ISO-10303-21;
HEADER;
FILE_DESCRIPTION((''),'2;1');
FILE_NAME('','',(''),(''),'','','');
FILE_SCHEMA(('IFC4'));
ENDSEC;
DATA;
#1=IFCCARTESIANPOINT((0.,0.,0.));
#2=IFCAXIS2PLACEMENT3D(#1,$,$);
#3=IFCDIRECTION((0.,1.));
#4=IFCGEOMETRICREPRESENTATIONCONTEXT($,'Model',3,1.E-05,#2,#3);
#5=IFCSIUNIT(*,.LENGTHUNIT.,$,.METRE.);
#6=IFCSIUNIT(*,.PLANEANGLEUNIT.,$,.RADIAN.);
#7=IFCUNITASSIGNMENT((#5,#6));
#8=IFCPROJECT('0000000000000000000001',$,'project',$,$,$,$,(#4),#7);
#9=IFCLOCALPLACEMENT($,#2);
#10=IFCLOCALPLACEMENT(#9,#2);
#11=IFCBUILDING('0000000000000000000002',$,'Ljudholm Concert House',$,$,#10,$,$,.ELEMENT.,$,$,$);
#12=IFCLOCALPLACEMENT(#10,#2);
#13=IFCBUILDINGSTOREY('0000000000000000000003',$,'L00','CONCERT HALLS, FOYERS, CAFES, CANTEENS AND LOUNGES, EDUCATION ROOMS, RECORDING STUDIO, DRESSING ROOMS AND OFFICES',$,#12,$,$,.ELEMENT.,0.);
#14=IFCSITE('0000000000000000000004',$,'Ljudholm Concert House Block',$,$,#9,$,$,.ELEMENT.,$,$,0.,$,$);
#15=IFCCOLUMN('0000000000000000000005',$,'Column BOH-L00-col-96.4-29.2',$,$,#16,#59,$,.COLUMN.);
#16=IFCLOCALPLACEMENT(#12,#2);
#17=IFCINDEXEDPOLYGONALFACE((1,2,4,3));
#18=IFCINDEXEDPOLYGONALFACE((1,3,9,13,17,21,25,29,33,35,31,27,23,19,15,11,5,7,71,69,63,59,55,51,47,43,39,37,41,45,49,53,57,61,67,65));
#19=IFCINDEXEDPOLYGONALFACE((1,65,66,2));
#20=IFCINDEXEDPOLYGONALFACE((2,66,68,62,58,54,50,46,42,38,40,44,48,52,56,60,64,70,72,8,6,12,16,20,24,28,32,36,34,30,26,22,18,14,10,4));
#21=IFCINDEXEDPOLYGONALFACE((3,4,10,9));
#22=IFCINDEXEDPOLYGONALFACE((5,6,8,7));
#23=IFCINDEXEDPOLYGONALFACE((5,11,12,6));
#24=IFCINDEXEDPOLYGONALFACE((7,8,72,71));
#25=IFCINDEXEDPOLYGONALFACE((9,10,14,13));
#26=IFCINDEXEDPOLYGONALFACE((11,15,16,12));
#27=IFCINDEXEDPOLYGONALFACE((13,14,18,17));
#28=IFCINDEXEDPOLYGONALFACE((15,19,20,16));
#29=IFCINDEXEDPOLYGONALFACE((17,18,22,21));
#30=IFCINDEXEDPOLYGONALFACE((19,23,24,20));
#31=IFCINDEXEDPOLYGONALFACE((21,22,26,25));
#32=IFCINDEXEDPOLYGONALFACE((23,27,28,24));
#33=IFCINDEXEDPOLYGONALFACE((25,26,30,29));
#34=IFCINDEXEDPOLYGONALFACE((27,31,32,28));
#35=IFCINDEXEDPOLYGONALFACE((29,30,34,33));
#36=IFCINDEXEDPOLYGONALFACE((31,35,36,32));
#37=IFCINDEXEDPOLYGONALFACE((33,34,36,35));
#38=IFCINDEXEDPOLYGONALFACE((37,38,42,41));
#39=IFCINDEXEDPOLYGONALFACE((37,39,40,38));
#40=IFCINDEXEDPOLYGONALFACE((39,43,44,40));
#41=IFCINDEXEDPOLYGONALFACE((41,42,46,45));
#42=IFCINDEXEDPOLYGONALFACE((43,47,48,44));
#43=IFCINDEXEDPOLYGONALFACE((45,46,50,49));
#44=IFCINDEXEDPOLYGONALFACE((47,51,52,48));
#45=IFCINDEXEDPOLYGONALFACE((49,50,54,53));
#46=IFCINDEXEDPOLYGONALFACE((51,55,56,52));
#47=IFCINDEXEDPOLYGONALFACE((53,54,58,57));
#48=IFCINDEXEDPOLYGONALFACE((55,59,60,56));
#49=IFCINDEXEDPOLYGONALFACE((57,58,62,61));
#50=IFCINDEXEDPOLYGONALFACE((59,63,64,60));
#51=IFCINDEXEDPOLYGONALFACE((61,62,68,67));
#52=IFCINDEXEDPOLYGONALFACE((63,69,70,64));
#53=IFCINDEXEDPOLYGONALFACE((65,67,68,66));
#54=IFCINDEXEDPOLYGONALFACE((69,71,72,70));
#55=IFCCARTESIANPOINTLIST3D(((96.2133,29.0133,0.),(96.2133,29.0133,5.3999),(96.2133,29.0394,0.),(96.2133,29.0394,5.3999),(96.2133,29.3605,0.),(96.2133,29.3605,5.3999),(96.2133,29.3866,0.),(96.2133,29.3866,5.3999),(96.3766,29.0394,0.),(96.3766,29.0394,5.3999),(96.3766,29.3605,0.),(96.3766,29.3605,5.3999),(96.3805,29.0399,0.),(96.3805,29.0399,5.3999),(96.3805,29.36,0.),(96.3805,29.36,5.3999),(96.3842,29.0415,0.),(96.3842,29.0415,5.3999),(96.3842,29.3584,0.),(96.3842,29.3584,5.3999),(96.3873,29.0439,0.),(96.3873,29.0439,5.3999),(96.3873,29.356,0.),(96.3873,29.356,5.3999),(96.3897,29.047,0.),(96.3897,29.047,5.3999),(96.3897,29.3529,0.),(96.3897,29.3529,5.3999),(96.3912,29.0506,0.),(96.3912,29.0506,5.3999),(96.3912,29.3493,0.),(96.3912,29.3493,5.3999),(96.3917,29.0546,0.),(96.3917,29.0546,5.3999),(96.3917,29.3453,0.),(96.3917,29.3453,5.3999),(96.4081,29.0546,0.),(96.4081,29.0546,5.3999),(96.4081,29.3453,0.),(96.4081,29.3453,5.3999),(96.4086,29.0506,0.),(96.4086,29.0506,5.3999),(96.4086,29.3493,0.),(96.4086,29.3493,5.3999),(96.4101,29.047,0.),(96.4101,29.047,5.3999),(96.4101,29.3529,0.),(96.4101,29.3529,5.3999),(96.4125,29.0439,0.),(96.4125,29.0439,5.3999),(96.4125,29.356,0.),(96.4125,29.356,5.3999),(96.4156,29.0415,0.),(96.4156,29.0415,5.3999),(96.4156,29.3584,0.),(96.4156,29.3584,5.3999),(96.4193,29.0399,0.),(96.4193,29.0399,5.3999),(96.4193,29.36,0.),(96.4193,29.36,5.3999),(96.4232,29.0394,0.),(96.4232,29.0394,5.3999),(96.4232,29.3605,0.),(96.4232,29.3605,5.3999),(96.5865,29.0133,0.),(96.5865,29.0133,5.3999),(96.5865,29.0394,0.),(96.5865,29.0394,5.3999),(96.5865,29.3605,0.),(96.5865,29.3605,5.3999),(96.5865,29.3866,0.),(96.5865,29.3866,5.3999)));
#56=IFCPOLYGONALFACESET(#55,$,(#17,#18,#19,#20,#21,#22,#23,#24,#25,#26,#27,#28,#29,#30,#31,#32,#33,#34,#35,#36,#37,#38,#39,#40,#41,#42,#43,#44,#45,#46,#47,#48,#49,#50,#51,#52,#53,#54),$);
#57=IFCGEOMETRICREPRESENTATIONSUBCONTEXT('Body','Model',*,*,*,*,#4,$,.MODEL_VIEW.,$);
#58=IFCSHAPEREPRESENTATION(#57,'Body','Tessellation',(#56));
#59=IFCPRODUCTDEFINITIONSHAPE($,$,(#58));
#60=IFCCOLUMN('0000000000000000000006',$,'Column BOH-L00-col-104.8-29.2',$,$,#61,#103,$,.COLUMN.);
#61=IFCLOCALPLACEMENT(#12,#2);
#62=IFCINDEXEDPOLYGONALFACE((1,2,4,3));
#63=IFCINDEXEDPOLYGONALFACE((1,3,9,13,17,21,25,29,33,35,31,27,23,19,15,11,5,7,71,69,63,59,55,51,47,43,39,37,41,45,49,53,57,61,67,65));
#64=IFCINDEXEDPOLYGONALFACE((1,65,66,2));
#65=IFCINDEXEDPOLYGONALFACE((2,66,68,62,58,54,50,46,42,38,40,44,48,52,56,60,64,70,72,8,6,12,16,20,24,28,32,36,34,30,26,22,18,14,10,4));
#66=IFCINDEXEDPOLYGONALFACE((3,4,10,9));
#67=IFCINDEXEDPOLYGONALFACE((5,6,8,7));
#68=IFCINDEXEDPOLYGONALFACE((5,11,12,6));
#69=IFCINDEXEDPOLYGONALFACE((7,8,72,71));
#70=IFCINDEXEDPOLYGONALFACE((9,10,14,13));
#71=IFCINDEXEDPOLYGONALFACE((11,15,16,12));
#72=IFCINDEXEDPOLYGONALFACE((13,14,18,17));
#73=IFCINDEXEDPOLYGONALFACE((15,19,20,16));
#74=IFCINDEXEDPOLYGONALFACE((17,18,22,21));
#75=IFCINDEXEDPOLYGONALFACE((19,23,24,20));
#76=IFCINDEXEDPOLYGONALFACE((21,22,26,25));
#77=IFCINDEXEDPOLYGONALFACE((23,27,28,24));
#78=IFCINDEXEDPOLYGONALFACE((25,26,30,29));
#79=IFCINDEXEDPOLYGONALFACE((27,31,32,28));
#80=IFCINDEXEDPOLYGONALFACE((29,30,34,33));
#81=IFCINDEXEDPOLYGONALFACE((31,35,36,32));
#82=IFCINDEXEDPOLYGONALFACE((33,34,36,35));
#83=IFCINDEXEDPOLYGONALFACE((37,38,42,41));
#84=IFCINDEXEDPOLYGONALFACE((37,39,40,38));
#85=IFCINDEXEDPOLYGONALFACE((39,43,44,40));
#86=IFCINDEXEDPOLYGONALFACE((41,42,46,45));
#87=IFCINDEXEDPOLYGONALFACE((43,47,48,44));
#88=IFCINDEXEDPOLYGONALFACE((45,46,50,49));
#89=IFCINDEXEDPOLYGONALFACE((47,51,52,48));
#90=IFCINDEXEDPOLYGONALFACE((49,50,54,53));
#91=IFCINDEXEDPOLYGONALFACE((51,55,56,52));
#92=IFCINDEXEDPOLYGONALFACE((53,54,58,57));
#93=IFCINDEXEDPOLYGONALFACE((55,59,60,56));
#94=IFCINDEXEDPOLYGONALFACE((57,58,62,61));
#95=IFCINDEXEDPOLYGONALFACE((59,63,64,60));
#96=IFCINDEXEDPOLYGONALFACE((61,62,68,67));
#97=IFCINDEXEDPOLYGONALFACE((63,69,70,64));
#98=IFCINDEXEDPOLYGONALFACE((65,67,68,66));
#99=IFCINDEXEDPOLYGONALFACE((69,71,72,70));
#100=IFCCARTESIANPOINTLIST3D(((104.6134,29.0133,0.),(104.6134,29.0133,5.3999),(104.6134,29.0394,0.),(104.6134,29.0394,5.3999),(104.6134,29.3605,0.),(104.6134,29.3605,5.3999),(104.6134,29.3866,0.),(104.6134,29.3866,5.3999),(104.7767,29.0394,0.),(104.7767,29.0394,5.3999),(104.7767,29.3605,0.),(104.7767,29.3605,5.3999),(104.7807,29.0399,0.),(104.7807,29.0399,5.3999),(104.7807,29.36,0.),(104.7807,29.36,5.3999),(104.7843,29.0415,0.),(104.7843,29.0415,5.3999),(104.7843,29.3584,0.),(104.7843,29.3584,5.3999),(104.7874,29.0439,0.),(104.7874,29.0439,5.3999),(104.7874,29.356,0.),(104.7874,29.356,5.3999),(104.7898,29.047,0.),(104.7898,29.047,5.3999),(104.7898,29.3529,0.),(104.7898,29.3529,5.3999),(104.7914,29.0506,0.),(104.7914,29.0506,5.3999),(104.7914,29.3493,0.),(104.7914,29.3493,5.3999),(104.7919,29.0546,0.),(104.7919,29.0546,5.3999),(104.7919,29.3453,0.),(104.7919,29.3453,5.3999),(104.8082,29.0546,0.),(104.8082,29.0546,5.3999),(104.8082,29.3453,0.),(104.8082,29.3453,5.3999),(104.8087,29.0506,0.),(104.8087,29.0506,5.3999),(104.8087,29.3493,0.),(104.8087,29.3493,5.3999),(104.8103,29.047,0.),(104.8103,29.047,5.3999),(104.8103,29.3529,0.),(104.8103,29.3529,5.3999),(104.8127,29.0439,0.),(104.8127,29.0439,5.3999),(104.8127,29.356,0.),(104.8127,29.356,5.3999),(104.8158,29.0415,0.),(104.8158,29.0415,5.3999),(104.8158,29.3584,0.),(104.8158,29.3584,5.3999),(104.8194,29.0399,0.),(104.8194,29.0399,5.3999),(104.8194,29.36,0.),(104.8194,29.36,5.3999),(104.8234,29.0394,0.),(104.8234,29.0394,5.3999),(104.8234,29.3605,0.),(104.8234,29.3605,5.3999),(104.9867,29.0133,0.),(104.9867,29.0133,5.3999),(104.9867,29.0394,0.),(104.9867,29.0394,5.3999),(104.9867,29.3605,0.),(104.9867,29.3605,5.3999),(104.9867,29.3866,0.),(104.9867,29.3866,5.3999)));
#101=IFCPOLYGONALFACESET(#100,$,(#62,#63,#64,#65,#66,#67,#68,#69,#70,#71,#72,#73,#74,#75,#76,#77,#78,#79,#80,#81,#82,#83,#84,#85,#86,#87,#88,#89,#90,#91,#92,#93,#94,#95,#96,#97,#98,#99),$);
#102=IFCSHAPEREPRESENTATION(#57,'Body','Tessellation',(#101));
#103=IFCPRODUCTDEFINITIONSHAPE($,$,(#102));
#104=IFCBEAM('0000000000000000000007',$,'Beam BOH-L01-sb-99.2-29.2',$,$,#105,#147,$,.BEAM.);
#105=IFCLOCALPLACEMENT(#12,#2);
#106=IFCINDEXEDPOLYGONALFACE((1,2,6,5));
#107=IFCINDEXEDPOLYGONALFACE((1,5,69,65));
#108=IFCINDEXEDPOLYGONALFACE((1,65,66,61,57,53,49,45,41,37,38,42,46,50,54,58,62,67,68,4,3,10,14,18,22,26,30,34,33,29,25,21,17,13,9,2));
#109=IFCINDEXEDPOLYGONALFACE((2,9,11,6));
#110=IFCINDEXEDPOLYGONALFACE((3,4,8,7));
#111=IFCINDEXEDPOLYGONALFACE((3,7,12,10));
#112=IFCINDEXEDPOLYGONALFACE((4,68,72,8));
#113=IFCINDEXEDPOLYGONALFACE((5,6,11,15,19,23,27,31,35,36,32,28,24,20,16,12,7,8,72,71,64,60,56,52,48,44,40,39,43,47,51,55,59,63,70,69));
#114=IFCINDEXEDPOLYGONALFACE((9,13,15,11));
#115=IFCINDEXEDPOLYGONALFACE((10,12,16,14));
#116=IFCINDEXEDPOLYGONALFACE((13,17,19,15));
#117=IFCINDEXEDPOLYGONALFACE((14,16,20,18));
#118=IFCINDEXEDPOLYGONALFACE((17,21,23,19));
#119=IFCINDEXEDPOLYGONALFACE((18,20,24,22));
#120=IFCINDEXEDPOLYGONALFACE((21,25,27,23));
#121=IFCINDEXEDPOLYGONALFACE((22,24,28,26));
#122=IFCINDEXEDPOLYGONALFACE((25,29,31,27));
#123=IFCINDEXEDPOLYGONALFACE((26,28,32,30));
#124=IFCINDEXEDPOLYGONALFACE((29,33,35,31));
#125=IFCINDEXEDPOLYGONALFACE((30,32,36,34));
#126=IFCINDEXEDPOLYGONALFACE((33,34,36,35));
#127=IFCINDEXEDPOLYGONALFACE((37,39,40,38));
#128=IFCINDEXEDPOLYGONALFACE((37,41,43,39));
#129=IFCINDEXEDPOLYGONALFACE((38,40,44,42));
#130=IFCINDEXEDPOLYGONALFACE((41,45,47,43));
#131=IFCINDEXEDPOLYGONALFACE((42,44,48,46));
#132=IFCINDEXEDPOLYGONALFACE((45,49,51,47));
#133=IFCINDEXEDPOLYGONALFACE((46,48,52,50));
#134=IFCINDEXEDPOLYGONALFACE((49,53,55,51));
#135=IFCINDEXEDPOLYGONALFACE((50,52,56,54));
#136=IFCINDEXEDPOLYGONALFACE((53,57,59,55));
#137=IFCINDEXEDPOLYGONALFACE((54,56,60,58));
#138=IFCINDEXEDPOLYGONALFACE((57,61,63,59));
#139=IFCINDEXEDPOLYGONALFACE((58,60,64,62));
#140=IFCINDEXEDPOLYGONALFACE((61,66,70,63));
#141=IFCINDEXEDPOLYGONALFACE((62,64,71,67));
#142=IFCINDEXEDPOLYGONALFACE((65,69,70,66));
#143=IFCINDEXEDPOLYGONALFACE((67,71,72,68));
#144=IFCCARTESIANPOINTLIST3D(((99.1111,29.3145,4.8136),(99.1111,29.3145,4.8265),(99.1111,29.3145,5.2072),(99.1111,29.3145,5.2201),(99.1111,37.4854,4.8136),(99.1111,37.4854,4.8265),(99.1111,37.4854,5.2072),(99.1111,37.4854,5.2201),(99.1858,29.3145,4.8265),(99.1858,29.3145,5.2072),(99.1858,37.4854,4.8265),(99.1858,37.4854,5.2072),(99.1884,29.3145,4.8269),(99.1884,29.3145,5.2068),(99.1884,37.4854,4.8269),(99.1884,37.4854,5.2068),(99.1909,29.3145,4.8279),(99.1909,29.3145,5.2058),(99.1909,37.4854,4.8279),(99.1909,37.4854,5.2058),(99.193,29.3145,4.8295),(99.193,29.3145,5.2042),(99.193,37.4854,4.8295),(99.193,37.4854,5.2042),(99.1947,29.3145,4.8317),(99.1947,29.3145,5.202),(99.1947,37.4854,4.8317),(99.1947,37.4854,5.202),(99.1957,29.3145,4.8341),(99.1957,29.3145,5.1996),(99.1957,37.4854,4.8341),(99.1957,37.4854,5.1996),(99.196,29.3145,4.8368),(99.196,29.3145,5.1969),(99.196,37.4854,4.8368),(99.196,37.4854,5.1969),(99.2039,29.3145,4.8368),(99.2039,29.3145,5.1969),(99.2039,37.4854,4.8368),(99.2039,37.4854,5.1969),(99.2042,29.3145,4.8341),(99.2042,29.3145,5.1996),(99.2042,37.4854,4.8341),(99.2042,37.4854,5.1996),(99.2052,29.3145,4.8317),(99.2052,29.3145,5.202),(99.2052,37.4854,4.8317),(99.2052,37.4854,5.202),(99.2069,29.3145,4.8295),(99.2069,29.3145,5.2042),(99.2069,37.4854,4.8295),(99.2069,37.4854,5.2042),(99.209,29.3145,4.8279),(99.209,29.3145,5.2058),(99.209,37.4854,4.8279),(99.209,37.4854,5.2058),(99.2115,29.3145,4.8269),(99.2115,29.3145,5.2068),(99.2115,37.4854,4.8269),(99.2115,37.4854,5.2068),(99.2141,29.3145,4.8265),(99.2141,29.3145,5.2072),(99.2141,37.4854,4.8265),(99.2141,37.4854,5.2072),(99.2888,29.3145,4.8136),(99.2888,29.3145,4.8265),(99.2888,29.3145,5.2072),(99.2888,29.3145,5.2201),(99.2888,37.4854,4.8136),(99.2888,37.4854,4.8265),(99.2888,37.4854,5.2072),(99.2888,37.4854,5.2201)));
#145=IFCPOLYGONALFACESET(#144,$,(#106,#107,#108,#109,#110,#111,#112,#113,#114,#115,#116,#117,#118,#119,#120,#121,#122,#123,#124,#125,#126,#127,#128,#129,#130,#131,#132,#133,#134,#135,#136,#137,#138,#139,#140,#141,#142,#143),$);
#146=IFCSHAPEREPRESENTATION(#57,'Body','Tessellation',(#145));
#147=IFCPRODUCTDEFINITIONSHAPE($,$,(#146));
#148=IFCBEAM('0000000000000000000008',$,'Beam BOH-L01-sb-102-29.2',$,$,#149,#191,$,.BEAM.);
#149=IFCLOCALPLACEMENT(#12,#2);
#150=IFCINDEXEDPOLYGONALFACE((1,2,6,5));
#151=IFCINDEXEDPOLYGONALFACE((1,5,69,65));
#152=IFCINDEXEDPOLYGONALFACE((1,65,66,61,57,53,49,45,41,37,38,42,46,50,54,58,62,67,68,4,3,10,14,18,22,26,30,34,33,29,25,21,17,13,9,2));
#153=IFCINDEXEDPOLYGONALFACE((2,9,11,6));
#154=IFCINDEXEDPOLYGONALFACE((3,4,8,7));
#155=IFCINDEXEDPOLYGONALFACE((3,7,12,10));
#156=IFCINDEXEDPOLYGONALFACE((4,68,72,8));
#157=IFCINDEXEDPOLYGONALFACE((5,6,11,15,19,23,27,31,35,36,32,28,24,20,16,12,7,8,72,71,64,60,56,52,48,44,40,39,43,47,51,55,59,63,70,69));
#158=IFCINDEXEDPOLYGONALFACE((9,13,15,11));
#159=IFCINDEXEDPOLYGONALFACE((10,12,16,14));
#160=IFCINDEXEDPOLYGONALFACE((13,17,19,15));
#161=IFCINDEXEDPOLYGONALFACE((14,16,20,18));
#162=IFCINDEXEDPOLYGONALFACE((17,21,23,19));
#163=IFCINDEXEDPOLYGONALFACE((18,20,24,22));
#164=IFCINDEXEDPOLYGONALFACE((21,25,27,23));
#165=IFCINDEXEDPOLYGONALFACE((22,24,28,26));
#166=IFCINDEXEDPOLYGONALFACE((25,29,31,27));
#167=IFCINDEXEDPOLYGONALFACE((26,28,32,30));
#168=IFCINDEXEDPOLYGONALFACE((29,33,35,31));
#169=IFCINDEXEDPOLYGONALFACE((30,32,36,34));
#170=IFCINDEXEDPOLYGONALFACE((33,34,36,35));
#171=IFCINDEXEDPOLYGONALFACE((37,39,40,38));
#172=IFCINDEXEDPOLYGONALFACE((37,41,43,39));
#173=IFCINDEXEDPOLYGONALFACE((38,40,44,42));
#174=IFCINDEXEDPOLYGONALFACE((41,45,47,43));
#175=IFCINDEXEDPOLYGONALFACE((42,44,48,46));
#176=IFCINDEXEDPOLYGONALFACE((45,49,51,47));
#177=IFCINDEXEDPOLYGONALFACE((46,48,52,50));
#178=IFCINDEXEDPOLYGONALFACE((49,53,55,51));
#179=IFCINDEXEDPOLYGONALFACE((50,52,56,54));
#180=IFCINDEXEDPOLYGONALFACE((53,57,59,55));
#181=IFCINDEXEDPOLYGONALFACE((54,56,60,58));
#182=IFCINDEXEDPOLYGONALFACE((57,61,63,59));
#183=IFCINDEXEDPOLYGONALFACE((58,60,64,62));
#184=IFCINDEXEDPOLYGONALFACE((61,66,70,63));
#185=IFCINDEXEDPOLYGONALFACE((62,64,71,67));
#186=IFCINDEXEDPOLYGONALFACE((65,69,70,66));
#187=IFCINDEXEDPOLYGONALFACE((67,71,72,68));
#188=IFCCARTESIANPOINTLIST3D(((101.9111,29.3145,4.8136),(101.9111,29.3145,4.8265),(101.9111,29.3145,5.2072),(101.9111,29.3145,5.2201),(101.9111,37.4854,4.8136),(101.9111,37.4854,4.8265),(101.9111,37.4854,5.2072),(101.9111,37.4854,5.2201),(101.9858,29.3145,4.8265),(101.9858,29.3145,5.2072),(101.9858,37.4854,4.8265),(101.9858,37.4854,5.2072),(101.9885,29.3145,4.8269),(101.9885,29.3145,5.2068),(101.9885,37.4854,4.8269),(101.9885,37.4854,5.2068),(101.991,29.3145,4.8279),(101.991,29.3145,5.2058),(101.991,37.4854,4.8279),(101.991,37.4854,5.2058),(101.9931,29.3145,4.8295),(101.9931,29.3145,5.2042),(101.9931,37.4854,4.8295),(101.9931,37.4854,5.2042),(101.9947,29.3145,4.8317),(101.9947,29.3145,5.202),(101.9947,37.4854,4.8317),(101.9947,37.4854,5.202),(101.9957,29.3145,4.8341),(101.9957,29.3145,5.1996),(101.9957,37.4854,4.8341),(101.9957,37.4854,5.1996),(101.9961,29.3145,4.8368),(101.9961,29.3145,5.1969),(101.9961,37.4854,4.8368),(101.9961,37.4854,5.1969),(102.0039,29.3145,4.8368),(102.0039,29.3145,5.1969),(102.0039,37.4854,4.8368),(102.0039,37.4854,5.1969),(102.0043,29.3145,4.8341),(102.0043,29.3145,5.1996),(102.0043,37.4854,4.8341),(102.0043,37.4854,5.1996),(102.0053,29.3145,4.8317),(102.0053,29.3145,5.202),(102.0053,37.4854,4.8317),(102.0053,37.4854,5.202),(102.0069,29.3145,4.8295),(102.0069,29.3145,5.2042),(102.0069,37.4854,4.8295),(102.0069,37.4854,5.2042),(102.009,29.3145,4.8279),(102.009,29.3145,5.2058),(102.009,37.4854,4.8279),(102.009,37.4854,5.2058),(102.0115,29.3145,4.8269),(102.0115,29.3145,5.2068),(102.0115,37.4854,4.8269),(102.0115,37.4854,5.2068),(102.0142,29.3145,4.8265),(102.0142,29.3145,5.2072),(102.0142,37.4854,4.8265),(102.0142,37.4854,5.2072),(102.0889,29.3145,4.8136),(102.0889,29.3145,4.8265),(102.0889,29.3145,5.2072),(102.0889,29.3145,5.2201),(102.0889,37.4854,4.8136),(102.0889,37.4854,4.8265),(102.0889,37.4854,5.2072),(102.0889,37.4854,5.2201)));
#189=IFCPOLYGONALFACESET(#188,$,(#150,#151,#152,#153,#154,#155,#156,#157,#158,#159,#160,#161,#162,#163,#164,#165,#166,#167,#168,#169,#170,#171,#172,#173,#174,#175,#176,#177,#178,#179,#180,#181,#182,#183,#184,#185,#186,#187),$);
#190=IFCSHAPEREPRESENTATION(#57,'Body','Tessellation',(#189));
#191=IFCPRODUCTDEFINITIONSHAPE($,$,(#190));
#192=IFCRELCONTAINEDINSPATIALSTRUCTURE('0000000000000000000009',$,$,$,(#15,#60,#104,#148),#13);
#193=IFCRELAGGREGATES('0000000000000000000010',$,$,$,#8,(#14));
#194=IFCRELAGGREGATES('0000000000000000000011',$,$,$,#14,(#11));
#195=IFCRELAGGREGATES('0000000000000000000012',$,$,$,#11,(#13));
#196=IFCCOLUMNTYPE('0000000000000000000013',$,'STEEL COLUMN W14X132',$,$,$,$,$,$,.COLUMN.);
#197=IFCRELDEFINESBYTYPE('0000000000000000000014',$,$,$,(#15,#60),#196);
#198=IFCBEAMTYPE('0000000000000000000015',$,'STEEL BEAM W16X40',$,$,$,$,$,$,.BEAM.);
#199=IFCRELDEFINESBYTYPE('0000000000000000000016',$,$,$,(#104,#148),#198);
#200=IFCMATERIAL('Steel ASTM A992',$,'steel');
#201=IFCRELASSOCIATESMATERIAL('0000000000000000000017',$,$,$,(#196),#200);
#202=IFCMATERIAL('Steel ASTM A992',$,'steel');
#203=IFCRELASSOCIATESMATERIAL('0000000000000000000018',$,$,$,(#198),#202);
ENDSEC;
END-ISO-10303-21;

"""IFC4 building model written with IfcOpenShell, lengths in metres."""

from ifc_helpers import new_model, si_unit, direction, frame, origin, origin_2d, place, context, subcontext, project, spatial, i_section, extrude, material, material_profile, profile_set, type_object, element, save


model = new_model("IFC4")

# Units and contexts
model_context = context("Model", 3, precision=1e-05, world=origin(), true_north=direction((0.0, 1.0)))
body_context = subcontext(model_context, "Body", "Model", "MODEL_VIEW")
ifc_project = project(units=[si_unit("LENGTHUNIT", "METRE"), si_unit("PLANEANGLEUNIT", "RADIAN")], contexts=[model_context])

# Site, building, storey
site_placement = place(None, origin())
site = spatial("IfcSite", under=ifc_project, at=site_placement, Name="Ljudholm Concert House Block", CompositionType="ELEMENT", RefElevation=0.0)
building_placement = place(site_placement, origin())
building = spatial("IfcBuilding", under=site, at=building_placement, Name="Ljudholm Concert House", CompositionType="ELEMENT")
storey_placement = place(building_placement, origin())
storey = spatial("IfcBuildingStorey", under=building, at=storey_placement, Name="L00", Description="CONCERT HALLS, FOYERS, CAFES, CANTEENS AND LOUNGES, EDUCATION ROOMS, RECORDING STUDIO, DRESSING ROOMS AND OFFICES", CompositionType="ELEMENT", Elevation=0.0)

# Columns
ifc_material_1 = material(Name="Steel ASTM A992", Category="steel")
ifc_material_profile_1 = material_profile(ifc_material_1, i_section(OverallWidth=0.3733, OverallDepth=0.3733, WebThickness=0.0164, FlangeThickness=0.0261, FilletRadius=0.0151, at=origin_2d()), Name="W14X132")
ifc_profile_set_1 = profile_set([ifc_material_profile_1], Name="Steel ASTM A992")
column_type = type_object("IfcColumnType", Name="STEEL COLUMN W14X132", PredefinedType="COLUMN", material=ifc_profile_set_1)
for number, where, z_axis, x_axis, name in (
    (1, (96.3999, 29.2, 0.0), (0.0, 0.0, 1.0), (1.0, 0.0, 0.0), "Column BOH-L00-col-96.4-29.2"),
    (2, (104.8, 29.2, 0.0), (0.0, 0.0, 1.0), (1.0, 0.0, 0.0), "Column BOH-L00-col-104.8-29.2"),
):
    element("IfcColumn", number, at=place(storey_placement, frame(where, z_axis=z_axis, x_axis=x_axis)), inside=storey, type_object=column_type, Name=name, PredefinedType="COLUMN", context=body_context, shape_type="SweptSolid", body=[
        extrude(i_section(OverallWidth=0.3733, OverallDepth=0.3733, WebThickness=0.0164, FlangeThickness=0.0261, FilletRadius=0.0151, at=origin_2d()), origin(), (0.0, 0.0, 1.0), 5.3999),
    ])

# Beams
ifc_material_2 = material(Name="Steel ASTM A992", Category="steel")
ifc_material_profile_2 = material_profile(ifc_material_2, i_section(OverallWidth=0.1777, OverallDepth=0.4065, WebThickness=0.0078, FlangeThickness=0.0129, FilletRadius=0.0103, at=origin_2d()), Name="W16X40")
ifc_profile_set_2 = profile_set([ifc_material_profile_2], Name="Steel ASTM A992")
beam_type_1 = type_object("IfcBeamType", Name="STEEL BEAM W16X40", PredefinedType="BEAM", material=ifc_profile_set_2)
for number, where, z_axis, x_axis, name in (
    (3, (99.2, 29.3145, 5.0168), (0.0, 1.0, 0.0), (-1.0, 0.0, 0.0), "Beam BOH-L01-sb-99.2-29.2"),
    (4, (102.0, 29.3145, 5.0168), (0.0, 1.0, 0.0), (-1.0, 0.0, 0.0), "Beam BOH-L01-sb-102-29.2"),
):
    element("IfcBeam", number, at=place(storey_placement, frame(where, z_axis=z_axis, x_axis=x_axis)), inside=storey, type_object=beam_type_1, Name=name, PredefinedType="BEAM", context=body_context, shape_type="SweptSolid", body=[
        extrude(i_section(OverallWidth=0.1777, OverallDepth=0.4065, WebThickness=0.0078, FlangeThickness=0.0129, FilletRadius=0.0103, at=origin_2d()), origin(), (0.0, 0.0, 1.0), 8.1709),
    ])

save(model, "model.ifc")
